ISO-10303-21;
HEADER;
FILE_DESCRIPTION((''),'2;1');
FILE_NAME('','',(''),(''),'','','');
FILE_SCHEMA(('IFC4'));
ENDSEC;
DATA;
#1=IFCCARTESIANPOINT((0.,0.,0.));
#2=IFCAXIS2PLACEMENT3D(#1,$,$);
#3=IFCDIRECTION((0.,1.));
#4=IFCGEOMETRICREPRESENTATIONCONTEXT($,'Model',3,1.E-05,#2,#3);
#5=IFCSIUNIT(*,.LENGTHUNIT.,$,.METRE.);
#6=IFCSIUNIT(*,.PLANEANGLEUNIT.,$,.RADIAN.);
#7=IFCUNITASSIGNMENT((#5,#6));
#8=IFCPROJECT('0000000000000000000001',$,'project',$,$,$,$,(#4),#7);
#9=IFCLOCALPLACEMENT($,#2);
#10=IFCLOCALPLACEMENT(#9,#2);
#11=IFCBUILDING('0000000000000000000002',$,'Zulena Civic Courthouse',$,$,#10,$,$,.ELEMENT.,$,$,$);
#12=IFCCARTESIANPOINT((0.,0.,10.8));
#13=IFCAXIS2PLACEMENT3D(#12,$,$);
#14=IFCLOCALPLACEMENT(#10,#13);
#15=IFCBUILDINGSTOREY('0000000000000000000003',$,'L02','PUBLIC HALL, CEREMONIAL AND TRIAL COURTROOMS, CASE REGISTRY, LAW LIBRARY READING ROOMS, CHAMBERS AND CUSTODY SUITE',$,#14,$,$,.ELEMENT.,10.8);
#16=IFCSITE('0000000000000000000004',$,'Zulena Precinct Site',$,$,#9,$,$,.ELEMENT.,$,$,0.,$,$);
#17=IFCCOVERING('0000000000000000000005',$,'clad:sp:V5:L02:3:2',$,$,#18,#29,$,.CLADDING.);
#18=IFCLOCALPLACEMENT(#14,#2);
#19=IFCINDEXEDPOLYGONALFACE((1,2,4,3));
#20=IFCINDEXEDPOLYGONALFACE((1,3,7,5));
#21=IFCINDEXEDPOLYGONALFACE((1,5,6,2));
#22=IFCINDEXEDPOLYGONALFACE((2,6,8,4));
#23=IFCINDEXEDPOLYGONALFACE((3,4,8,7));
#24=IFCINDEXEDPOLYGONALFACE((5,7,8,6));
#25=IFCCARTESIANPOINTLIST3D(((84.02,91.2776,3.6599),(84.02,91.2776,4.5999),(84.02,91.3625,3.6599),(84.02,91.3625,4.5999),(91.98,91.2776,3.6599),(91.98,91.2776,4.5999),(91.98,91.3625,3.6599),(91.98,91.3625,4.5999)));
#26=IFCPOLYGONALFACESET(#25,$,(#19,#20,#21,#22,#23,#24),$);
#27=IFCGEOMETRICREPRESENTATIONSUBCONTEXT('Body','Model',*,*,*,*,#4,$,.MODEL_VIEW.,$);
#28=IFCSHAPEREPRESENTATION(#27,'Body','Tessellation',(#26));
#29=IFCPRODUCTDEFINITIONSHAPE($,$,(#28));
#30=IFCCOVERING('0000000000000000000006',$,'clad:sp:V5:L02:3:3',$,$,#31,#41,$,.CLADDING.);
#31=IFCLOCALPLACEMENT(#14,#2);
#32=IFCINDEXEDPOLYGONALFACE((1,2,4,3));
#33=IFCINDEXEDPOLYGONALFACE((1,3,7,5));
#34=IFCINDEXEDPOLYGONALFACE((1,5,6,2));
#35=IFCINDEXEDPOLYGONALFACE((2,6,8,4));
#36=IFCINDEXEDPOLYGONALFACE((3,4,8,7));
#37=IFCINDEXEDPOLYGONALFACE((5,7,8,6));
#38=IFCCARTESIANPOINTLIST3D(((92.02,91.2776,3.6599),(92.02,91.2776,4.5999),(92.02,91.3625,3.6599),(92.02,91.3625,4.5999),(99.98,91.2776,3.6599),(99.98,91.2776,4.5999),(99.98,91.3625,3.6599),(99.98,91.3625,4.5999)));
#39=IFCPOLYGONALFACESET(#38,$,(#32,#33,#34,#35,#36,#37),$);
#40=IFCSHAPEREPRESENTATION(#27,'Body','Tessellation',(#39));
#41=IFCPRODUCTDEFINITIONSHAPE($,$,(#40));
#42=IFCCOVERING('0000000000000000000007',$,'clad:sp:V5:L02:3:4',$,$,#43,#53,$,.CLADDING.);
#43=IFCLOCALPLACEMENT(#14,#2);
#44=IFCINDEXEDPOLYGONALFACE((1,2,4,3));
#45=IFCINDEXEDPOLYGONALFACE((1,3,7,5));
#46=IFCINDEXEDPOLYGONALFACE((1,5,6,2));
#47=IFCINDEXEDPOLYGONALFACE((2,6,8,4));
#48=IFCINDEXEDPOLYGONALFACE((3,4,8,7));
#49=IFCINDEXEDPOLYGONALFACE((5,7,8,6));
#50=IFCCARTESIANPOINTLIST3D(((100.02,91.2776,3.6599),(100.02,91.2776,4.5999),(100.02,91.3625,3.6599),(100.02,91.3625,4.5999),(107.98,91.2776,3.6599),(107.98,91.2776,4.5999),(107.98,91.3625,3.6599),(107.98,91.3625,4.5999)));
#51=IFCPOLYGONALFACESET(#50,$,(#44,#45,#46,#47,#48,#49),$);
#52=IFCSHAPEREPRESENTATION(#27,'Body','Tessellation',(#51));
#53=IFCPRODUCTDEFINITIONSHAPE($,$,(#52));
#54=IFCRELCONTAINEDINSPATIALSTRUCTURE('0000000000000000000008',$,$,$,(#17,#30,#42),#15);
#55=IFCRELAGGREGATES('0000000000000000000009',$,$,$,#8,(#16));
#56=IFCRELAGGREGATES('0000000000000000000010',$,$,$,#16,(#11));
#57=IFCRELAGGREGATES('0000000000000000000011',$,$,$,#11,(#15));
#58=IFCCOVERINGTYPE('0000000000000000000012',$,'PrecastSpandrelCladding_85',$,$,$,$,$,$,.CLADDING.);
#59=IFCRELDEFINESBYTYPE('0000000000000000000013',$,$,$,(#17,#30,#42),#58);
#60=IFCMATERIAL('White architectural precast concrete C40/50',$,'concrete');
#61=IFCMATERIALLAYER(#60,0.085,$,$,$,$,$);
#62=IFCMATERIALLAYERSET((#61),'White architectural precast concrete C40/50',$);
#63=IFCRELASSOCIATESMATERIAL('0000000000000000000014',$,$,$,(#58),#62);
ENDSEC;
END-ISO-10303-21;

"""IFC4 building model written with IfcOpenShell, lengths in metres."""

from ifc_helpers import new_model, si_unit, direction, frame, origin, origin_2d, place, context, subcontext, project, spatial, rectangle, extrude, material, layer, layer_set, type_object, element, save


model = new_model("IFC4")

# Units and contexts
model_context = context("Model", 3, precision=1e-05, world=origin(), true_north=direction((0.0, 1.0)))
body_context = subcontext(model_context, "Body", "Model", "MODEL_VIEW")
ifc_project = project(units=[si_unit("LENGTHUNIT", "METRE"), si_unit("PLANEANGLEUNIT", "RADIAN")], contexts=[model_context])

# Site, building, storey
site_placement = place(None, origin())
site = spatial("IfcSite", under=ifc_project, at=site_placement, Name="Zulena Precinct Site", CompositionType="ELEMENT", RefElevation=0.0)
building_placement = place(site_placement, origin())
building = spatial("IfcBuilding", under=site, at=building_placement, Name="Zulena Civic Courthouse", CompositionType="ELEMENT")
storey_placement = place(building_placement, frame((0.0, 0.0, 10.8)))
storey = spatial("IfcBuildingStorey", under=building, at=storey_placement, Name="L02", Description="PUBLIC HALL, CEREMONIAL AND TRIAL COURTROOMS, CASE REGISTRY, LAW LIBRARY READING ROOMS, CHAMBERS AND CUSTODY SUITE", CompositionType="ELEMENT", Elevation=10.8)

# Coverings
ifc_material_1 = material(Name="White architectural precast concrete C40/50", Category="concrete")
ifc_layer_1 = layer(ifc_material_1, 0.085)
ifc_layer_set_1 = layer_set([ifc_layer_1], Name="White architectural precast concrete C40/50")
covering_type = type_object("IfcCoveringType", Name="PrecastSpandrelCladding_85", PredefinedType="CLADDING", material=ifc_layer_set_1)
for number, where, z_axis, x_axis, name in (
    (1, (88.0, 91.3201, 3.6599), (0.0, 0.0, 1.0), (1.0, 0.0, 0.0), "clad:sp:V5:L02:3:2"),
    (2, (96.0, 91.3201, 3.6599), (0.0, 0.0, 1.0), (1.0, 0.0, 0.0), "clad:sp:V5:L02:3:3"),
    (3, (104.0, 91.3201, 3.6599), (0.0, 0.0, 1.0), (1.0, 0.0, 0.0), "clad:sp:V5:L02:3:4"),
):
    element("IfcCovering", number, at=place(storey_placement, frame(where, z_axis=z_axis, x_axis=x_axis)), inside=storey, type_object=covering_type, Name=name, PredefinedType="CLADDING", context=body_context, shape_type="SweptSolid", body=[
        extrude(rectangle(XDim=7.96, YDim=0.085, at=origin_2d()), origin(), (0.0, 0.0, 1.0), 0.9399),
    ])

save(model, "model.ifc")
